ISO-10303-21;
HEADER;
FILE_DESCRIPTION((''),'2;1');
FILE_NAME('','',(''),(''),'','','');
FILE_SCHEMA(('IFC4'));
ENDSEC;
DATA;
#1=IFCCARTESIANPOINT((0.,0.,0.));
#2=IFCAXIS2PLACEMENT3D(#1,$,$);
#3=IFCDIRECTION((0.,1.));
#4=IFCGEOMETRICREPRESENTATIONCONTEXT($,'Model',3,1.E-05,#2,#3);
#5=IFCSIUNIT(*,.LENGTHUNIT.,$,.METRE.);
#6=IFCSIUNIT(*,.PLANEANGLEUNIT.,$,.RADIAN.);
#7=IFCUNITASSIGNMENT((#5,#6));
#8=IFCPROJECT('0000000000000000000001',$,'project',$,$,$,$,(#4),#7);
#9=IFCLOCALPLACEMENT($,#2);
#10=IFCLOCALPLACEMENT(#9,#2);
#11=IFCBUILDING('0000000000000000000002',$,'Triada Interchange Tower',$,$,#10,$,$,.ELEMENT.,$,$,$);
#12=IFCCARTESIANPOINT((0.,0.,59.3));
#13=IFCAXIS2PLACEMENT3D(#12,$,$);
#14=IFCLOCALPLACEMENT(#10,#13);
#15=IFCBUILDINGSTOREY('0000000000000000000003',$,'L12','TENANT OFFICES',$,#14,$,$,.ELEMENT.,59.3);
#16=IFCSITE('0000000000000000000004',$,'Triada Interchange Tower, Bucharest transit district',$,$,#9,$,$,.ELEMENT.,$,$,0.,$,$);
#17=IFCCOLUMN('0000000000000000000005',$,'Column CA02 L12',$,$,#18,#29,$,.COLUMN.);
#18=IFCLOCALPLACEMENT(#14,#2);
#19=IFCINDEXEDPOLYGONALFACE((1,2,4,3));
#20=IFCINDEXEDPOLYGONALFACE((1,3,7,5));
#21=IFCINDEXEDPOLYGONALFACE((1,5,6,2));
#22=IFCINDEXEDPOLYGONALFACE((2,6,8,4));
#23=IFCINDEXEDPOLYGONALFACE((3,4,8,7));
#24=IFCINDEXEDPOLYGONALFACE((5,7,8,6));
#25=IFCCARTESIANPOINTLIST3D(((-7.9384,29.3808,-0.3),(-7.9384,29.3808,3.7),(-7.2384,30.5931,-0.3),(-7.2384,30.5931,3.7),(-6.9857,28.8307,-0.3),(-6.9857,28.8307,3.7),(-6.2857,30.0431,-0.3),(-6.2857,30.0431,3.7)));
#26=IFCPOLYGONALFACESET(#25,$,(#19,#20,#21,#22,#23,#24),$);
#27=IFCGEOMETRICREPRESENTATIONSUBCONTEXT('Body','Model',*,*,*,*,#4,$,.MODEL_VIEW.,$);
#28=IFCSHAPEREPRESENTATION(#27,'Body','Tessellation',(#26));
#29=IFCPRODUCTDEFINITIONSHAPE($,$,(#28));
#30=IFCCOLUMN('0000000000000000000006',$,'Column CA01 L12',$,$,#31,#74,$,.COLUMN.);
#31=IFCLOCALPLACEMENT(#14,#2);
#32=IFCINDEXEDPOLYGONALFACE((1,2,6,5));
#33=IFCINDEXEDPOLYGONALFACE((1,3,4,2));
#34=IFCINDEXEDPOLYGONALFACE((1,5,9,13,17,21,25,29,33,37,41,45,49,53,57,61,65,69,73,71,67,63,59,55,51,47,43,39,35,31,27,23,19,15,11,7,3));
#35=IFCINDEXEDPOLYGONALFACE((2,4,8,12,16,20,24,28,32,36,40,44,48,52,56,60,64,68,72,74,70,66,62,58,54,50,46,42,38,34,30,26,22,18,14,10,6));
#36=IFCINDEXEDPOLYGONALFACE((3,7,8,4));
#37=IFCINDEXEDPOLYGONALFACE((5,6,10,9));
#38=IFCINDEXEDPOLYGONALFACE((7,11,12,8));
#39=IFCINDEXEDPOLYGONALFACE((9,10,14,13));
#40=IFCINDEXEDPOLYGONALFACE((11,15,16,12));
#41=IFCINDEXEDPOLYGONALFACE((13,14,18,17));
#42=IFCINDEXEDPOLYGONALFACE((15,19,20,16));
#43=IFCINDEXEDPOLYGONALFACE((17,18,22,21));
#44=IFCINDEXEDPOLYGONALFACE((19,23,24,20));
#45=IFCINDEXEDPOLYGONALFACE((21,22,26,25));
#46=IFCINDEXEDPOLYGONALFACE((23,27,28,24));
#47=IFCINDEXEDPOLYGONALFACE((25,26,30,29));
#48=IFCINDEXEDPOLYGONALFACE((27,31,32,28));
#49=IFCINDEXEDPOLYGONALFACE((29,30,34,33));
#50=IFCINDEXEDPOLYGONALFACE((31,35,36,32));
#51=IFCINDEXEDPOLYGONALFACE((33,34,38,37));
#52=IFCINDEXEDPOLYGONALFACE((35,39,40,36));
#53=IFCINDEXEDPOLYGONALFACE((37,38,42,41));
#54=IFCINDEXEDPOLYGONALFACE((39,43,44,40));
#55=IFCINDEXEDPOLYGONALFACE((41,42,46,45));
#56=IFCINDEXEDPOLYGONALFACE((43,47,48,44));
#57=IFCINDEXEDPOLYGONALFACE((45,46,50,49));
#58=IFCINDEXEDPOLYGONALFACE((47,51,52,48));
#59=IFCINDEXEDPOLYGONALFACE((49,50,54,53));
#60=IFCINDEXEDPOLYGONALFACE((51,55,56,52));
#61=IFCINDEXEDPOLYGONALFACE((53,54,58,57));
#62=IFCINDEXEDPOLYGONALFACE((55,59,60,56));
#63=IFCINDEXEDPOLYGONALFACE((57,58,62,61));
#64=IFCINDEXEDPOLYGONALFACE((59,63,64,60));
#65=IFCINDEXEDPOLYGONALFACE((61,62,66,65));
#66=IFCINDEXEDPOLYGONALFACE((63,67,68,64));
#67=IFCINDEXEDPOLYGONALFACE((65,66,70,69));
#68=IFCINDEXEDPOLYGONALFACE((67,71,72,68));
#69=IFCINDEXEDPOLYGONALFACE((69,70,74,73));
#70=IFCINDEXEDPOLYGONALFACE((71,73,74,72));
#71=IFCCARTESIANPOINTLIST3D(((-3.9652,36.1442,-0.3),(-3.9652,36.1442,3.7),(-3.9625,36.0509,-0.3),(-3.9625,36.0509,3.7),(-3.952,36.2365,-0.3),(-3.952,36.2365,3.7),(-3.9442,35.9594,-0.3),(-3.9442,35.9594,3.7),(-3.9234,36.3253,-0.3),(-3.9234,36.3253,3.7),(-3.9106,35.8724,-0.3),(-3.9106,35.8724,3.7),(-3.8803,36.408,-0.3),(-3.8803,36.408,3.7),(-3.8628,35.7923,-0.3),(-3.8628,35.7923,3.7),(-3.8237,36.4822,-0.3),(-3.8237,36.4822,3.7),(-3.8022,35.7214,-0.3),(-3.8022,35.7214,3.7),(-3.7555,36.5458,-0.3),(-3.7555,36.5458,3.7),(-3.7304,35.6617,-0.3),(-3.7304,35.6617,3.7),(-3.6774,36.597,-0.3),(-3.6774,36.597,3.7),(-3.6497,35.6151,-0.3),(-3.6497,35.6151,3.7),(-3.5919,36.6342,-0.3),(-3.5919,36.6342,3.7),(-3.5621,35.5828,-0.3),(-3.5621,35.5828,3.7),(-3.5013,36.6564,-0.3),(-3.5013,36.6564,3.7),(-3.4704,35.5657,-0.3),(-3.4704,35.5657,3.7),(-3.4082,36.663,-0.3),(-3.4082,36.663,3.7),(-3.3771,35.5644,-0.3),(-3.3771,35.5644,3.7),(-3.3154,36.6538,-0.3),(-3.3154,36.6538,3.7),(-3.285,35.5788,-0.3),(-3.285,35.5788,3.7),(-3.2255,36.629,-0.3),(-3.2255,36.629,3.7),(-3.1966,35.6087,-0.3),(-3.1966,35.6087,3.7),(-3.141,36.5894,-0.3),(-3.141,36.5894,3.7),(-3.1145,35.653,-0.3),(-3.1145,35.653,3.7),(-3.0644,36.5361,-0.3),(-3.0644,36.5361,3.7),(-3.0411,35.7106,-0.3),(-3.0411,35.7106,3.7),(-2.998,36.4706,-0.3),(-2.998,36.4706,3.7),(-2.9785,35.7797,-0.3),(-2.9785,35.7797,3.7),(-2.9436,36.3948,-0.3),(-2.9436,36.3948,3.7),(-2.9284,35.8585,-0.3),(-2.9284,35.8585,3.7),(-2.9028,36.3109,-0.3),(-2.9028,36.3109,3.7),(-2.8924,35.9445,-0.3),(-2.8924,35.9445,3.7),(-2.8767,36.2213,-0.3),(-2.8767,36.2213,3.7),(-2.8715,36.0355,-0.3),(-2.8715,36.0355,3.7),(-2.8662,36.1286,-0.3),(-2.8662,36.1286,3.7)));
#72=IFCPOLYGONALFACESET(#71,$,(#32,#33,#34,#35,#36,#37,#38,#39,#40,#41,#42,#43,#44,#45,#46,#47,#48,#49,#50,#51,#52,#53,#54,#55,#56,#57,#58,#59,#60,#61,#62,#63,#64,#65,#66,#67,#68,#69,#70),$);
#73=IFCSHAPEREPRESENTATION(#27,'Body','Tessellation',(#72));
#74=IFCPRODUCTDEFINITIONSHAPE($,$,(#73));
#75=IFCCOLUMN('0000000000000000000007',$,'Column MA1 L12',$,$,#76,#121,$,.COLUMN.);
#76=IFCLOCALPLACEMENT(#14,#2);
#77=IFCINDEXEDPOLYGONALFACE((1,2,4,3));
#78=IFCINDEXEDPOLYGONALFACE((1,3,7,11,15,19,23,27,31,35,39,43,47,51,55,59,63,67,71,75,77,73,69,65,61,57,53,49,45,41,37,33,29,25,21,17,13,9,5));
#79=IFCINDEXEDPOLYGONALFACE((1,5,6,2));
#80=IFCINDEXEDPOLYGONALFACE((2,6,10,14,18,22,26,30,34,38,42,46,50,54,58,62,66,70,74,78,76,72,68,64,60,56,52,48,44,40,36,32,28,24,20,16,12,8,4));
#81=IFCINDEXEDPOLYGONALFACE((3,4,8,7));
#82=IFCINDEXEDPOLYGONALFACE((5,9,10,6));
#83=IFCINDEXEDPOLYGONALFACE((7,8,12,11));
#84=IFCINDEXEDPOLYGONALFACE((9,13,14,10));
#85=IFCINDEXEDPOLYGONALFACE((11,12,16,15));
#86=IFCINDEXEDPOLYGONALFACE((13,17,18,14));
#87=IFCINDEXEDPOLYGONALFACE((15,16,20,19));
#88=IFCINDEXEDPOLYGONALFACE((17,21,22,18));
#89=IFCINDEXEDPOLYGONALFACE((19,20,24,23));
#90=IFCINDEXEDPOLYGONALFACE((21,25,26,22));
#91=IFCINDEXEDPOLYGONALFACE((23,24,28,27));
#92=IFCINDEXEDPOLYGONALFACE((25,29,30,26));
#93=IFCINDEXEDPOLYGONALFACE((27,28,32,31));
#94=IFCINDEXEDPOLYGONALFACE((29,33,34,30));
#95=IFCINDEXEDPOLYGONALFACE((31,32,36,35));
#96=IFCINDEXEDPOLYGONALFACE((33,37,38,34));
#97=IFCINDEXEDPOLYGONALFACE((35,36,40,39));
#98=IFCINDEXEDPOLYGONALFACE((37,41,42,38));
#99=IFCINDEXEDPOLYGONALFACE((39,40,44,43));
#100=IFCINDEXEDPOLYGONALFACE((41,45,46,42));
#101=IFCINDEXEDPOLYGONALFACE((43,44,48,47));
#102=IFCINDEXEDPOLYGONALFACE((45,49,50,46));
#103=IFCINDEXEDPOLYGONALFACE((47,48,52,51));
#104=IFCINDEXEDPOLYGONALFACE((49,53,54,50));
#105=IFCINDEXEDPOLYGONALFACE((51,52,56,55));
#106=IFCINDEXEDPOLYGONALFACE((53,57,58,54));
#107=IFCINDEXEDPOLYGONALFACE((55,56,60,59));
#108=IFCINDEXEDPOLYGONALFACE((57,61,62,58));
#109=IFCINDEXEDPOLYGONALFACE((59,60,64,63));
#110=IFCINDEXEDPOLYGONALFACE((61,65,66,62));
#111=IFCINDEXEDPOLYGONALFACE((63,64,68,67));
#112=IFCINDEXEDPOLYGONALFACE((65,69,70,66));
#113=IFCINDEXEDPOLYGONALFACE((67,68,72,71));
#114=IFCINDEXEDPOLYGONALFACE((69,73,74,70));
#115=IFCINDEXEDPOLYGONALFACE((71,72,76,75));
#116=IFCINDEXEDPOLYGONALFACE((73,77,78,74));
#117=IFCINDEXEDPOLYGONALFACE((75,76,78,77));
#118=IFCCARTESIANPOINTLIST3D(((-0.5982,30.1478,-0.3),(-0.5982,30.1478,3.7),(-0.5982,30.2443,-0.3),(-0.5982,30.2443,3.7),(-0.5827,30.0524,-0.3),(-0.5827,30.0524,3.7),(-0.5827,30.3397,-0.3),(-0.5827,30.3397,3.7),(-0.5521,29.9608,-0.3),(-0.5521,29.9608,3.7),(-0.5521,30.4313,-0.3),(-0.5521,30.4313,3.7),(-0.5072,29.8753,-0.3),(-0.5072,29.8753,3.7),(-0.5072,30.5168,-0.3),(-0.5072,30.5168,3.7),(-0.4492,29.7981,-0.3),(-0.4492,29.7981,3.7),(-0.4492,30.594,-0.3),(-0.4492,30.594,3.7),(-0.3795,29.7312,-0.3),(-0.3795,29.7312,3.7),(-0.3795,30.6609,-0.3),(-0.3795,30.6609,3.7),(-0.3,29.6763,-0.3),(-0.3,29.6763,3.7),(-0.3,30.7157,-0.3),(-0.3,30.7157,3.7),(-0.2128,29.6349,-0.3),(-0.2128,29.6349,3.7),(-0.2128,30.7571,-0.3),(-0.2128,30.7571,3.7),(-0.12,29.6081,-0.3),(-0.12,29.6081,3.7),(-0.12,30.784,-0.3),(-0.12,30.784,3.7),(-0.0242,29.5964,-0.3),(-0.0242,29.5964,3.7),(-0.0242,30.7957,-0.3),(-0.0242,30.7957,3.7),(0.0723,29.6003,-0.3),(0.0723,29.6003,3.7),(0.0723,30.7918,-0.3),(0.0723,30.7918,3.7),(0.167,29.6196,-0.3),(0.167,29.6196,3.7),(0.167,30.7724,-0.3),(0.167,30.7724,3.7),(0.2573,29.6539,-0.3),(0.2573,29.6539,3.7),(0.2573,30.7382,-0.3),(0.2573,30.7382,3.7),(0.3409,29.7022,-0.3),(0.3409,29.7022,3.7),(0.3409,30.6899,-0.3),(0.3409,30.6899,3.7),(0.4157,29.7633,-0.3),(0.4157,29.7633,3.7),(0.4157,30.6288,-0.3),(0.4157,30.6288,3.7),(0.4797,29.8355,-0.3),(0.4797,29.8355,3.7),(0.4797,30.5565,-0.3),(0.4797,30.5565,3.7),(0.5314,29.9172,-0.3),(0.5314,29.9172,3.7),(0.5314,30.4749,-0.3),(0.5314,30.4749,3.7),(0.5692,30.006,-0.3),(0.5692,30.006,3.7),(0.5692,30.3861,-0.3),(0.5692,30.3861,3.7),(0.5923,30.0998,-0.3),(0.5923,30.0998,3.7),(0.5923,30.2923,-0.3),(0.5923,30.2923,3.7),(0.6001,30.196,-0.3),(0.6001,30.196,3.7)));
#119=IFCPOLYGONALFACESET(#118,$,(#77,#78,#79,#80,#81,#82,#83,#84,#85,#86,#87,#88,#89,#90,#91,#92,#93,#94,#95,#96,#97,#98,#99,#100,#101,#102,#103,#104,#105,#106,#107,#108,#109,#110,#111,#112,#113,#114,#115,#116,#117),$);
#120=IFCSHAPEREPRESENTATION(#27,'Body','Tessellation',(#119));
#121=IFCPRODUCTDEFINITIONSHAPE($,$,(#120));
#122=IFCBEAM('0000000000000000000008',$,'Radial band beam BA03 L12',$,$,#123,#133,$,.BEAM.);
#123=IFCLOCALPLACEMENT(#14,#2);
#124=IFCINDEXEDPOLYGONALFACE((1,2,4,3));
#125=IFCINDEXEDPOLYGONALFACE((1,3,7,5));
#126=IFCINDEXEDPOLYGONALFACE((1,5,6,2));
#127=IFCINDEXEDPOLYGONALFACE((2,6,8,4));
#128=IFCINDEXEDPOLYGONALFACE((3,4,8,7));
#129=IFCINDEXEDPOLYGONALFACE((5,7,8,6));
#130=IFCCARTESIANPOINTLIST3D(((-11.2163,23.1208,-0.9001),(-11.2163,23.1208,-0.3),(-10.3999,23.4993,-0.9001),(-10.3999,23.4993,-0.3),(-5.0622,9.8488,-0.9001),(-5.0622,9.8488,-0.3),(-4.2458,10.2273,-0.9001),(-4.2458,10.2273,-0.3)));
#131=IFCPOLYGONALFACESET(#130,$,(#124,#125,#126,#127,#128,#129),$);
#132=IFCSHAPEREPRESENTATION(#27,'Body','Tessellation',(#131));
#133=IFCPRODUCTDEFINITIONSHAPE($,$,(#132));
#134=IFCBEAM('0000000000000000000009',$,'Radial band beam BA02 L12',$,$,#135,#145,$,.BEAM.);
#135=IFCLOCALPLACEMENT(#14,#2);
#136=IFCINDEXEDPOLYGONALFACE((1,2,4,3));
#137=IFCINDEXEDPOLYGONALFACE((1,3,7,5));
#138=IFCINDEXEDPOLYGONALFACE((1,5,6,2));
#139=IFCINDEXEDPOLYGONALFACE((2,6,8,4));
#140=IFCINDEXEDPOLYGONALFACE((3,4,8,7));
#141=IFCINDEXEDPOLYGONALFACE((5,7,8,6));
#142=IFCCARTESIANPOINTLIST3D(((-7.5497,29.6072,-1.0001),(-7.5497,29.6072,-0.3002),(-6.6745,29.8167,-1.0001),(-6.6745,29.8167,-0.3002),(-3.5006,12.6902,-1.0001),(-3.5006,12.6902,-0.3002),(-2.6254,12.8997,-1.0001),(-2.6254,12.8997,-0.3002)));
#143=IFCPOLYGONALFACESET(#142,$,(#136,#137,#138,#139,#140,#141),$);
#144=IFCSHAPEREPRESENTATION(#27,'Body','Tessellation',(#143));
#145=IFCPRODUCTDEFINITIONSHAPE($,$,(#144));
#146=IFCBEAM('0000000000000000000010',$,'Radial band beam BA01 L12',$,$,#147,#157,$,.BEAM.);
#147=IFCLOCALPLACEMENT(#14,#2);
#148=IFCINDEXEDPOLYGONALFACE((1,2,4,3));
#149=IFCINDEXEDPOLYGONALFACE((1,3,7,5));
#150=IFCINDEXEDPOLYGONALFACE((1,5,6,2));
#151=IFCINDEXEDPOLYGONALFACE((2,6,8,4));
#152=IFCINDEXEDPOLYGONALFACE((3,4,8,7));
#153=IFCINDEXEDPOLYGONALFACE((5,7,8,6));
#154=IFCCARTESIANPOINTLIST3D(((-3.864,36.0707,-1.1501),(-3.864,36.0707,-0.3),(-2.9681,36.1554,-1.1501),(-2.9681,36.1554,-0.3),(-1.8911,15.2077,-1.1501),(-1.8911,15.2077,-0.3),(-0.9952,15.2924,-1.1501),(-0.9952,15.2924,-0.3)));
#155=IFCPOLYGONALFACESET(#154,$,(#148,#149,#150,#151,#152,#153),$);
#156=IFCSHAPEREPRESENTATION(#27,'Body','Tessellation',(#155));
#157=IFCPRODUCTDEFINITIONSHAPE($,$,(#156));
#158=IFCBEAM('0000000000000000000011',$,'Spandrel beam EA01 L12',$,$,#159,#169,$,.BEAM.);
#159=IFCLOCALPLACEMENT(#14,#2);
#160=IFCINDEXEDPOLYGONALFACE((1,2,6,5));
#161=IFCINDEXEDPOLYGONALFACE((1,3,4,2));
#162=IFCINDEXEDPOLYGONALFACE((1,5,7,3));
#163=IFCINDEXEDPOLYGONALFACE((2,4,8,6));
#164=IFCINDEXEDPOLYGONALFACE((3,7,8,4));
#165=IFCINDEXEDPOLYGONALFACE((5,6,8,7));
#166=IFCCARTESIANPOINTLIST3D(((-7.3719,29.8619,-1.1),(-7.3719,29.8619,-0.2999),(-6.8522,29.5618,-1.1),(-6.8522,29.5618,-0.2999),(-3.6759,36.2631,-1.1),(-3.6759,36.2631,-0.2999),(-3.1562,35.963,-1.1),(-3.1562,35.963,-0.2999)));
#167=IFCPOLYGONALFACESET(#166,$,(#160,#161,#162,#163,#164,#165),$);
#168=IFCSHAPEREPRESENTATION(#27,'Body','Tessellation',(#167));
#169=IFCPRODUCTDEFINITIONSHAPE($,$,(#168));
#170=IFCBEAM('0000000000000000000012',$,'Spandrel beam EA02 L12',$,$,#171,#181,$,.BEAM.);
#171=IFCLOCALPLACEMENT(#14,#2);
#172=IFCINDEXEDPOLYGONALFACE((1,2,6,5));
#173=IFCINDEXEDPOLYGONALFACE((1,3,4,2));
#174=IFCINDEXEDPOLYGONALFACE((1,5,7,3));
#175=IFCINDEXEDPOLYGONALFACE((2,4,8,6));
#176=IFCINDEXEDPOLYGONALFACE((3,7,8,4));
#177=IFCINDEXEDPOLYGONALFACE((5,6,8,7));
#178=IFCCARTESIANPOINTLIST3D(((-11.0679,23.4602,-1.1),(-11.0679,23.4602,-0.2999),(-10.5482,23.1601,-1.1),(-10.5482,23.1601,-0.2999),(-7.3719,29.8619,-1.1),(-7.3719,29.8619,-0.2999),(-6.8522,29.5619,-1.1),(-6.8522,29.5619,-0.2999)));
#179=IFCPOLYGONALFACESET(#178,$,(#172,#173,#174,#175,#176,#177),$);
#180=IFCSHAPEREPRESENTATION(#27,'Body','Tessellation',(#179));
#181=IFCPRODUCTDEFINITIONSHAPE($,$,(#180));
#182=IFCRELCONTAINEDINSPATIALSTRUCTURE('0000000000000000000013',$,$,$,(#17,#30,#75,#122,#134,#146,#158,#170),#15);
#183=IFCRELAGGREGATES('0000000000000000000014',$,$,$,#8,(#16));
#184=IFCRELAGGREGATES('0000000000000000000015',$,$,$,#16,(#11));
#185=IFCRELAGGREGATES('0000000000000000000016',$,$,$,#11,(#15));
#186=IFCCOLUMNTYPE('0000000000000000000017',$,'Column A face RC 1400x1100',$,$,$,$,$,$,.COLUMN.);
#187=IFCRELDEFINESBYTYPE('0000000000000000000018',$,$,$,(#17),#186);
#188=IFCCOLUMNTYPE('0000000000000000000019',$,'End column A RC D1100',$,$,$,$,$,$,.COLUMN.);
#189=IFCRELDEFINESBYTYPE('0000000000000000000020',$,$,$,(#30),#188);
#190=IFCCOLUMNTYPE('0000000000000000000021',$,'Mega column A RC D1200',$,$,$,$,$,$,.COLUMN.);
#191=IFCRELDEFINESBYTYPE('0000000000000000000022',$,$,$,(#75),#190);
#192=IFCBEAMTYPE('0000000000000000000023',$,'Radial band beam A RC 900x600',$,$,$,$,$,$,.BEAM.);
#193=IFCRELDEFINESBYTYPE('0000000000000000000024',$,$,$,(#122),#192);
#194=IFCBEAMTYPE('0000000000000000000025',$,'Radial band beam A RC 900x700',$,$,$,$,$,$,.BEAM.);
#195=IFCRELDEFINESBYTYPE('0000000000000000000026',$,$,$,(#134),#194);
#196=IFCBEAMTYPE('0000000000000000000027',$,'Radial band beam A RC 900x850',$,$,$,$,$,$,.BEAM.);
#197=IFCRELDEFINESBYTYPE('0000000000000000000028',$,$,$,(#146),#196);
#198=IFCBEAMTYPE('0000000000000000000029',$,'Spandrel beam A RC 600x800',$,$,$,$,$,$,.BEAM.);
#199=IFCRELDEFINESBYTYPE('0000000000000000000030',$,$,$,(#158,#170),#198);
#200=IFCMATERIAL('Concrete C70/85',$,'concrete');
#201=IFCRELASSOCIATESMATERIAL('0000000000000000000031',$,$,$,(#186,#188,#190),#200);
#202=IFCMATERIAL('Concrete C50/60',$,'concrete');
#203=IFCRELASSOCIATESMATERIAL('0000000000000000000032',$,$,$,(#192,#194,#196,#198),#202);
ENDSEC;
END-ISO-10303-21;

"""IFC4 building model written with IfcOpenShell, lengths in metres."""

from ifc_helpers import new_model, si_unit, direction, frame, origin, origin_2d, place, context, subcontext, project, spatial, rectangle, circle, extrude, material, material_profile, profile_set, type_object, element, save


model = new_model("IFC4")

# Units and contexts
model_context = context("Model", 3, precision=1e-05, world=origin(), true_north=direction((0.0, 1.0)))
body_context = subcontext(model_context, "Body", "Model", "MODEL_VIEW")
ifc_project = project(units=[si_unit("LENGTHUNIT", "METRE"), si_unit("PLANEANGLEUNIT", "RADIAN")], contexts=[model_context])

# Site, building, storey
site_placement = place(None, origin())
site = spatial("IfcSite", under=ifc_project, at=site_placement, Name="Triada Interchange Tower, Bucharest transit district", CompositionType="ELEMENT", RefElevation=0.0)
building_placement = place(site_placement, origin())
building = spatial("IfcBuilding", under=site, at=building_placement, Name="Triada Interchange Tower", CompositionType="ELEMENT")
storey_placement = place(building_placement, frame((0.0, 0.0, 59.3)))
storey = spatial("IfcBuildingStorey", under=building, at=storey_placement, Name="L12", Description="TENANT OFFICES", CompositionType="ELEMENT", Elevation=59.3)

# Columns
ifc_material_1 = material(Name="Concrete C70/85", Category="concrete")
ifc_material_profile_1 = material_profile(ifc_material_1, rectangle(XDim=1.3999, YDim=1.1001, at=origin_2d()), Name="RC 1400x1100")
ifc_profile_set_1 = profile_set([ifc_material_profile_1], Name="Concrete C70/85")
column_type_1 = type_object("IfcColumnType", Name="Column A face RC 1400x1100", PredefinedType="COLUMN", material=ifc_profile_set_1)
column_1_placement = place(storey_placement, frame((-7.1121, 29.7119, -0.3), z_axis=(0.0, 0.0, 1.0), x_axis=(0.5, 0.866025, 0.0)))
element("IfcColumn", 1, at=column_1_placement, inside=storey, type_object=column_type_1, Name="Column CA02 L12", PredefinedType="COLUMN", context=body_context, shape_type="SweptSolid", body=[
    extrude(rectangle(XDim=1.3999, YDim=1.1001, at=origin_2d()), origin(), (0.0, 0.0, 1.0), 4.0),
])
ifc_material_profile_2 = material_profile(ifc_material_1, circle(Radius=0.55, at=origin_2d()), Name="RC D1100")
ifc_profile_set_2 = profile_set([ifc_material_profile_2], Name="Concrete C70/85")
column_type_2 = type_object("IfcColumnType", Name="End column A RC D1100", PredefinedType="COLUMN", material=ifc_profile_set_2)
column_2_placement = place(storey_placement, frame((-3.416, 36.113, -0.3), z_axis=(0.0, 0.0, 1.0), x_axis=(0.5, 0.866025, 0.0)))
element("IfcColumn", 2, at=column_2_placement, inside=storey, type_object=column_type_2, Name="Column CA01 L12", PredefinedType="COLUMN", context=body_context, shape_type="SweptSolid", body=[
    extrude(circle(Radius=0.55, at=origin_2d()), origin(), (0.0, 0.0, 1.0), 4.0),
])
ifc_material_profile_3 = material_profile(ifc_material_1, circle(Radius=0.6001, at=origin_2d()), Name="RC D1200")
ifc_profile_set_3 = profile_set([ifc_material_profile_3], Name="Concrete C70/85")
column_type_3 = type_object("IfcColumnType", Name="Mega column A RC D1200", PredefinedType="COLUMN", material=ifc_profile_set_3)
column_3_placement = place(storey_placement, frame((0.0, 30.196, -0.3), z_axis=(0.0, 0.0, 1.0), x_axis=(1.0, 0.0, 0.0)))
element("IfcColumn", 3, at=column_3_placement, inside=storey, type_object=column_type_3, Name="Column MA1 L12", PredefinedType="COLUMN", context=body_context, shape_type="SweptSolid", body=[
    extrude(circle(Radius=0.6001, at=origin_2d()), origin(), (0.0, 0.0, 1.0), 4.0),
])

# Beams
ifc_material_2 = material(Name="Concrete C50/60", Category="concrete")
ifc_material_profile_4 = material_profile(ifc_material_2, rectangle(XDim=0.8999, YDim=0.6001, at=origin_2d()), Name="RC 900x600")
ifc_profile_set_4 = profile_set([ifc_material_profile_4], Name="Concrete C50/60")
beam_type_1 = type_object("IfcBeamType", Name="Radial band beam A RC 900x600", PredefinedType="BEAM", material=ifc_profile_set_4)
beam_1_placement = place(storey_placement, frame((-10.8081, 23.3101, -0.6001), z_axis=(0.420665, -0.907216, 0.0), x_axis=(0.907216, 0.420665, 0.0)))
element("IfcBeam", 4, at=beam_1_placement, inside=storey, type_object=beam_type_1, Name="Radial band beam BA03 L12", PredefinedType="BEAM", context=body_context, shape_type="SweptSolid", body=[
    extrude(rectangle(XDim=0.8999, YDim=0.6001, at=origin_2d()), origin(), (0.0, 0.0, 1.0), 14.6294),
])
ifc_material_profile_5 = material_profile(ifc_material_2, rectangle(XDim=0.8999, YDim=0.7, at=origin_2d()), Name="RC 900x700")
ifc_profile_set_5 = profile_set([ifc_material_profile_5], Name="Concrete C50/60")
beam_type_2 = type_object("IfcBeamType", Name="Radial band beam A RC 900x700", PredefinedType="BEAM", material=ifc_profile_set_5)
beam_2_placement = place(storey_placement, frame((-7.1121, 29.7119, -0.6501), z_axis=(0.232775, -0.972531, 0.0), x_axis=(0.972531, 0.232775, 0.0)))
element("IfcBeam", 5, at=beam_2_placement, inside=storey, type_object=beam_type_2, Name="Radial band beam BA02 L12", PredefinedType="BEAM", context=body_context, shape_type="SweptSolid", body=[
    extrude(rectangle(XDim=0.8999, YDim=0.7, at=origin_2d()), origin(), (0.0, 0.0, 1.0), 17.3948),
])
ifc_material_profile_6 = material_profile(ifc_material_2, rectangle(XDim=0.8999, YDim=0.8501, at=origin_2d()), Name="RC 900x850")
ifc_profile_set_6 = profile_set([ifc_material_profile_6], Name="Concrete C50/60")
beam_type_3 = type_object("IfcBeamType", Name="Radial band beam A RC 900x850", PredefinedType="BEAM", material=ifc_profile_set_6)
beam_3_placement = place(storey_placement, frame((-3.416, 36.113, -0.7251), z_axis=(0.094144, -0.995559, 0.0), x_axis=(0.995559, 0.094144, 0.0)))
element("IfcBeam", 6, at=beam_3_placement, inside=storey, type_object=beam_type_3, Name="Radial band beam BA01 L12", PredefinedType="BEAM", context=body_context, shape_type="SweptSolid", body=[
    extrude(rectangle(XDim=0.8999, YDim=0.8501, at=origin_2d()), origin(), (0.0, 0.0, 1.0), 20.9561),
])
ifc_material_profile_7 = material_profile(ifc_material_2, rectangle(XDim=0.6001, YDim=0.8, at=origin_2d()), Name="RC 600x800")
ifc_profile_set_7 = profile_set([ifc_material_profile_7], Name="Concrete C50/60")
beam_type_4 = type_object("IfcBeamType", Name="Spandrel beam A RC 600x800", PredefinedType="BEAM", material=ifc_profile_set_7)
beam_4_placement = place(storey_placement, frame((-3.416, 36.113, -0.7), z_axis=(-0.500036, -0.866005, 0.0), x_axis=(0.866005, -0.500036, 0.0)))
element("IfcBeam", 7, at=beam_4_placement, inside=storey, type_object=beam_type_4, Name="Spandrel beam EA01 L12", PredefinedType="BEAM", context=body_context, shape_type="SweptSolid", body=[
    extrude(rectangle(XDim=0.6001, YDim=0.8, at=origin_2d()), origin(), (0.0, 0.0, 1.0), 7.3916),
])
beam_5_placement = place(storey_placement, frame((-7.1121, 29.7119, -0.7), z_axis=(-0.499993, -0.866029, 0.0), x_axis=(0.866029, -0.499993, 0.0)))
element("IfcBeam", 8, at=beam_5_placement, inside=storey, type_object=beam_type_4, Name="Spandrel beam EA02 L12", PredefinedType="BEAM", context=body_context, shape_type="SweptSolid", body=[
    extrude(rectangle(XDim=0.6001, YDim=0.8, at=origin_2d()), origin(), (0.0, 0.0, 1.0), 7.3921),
])

save(model, "model.ifc")
